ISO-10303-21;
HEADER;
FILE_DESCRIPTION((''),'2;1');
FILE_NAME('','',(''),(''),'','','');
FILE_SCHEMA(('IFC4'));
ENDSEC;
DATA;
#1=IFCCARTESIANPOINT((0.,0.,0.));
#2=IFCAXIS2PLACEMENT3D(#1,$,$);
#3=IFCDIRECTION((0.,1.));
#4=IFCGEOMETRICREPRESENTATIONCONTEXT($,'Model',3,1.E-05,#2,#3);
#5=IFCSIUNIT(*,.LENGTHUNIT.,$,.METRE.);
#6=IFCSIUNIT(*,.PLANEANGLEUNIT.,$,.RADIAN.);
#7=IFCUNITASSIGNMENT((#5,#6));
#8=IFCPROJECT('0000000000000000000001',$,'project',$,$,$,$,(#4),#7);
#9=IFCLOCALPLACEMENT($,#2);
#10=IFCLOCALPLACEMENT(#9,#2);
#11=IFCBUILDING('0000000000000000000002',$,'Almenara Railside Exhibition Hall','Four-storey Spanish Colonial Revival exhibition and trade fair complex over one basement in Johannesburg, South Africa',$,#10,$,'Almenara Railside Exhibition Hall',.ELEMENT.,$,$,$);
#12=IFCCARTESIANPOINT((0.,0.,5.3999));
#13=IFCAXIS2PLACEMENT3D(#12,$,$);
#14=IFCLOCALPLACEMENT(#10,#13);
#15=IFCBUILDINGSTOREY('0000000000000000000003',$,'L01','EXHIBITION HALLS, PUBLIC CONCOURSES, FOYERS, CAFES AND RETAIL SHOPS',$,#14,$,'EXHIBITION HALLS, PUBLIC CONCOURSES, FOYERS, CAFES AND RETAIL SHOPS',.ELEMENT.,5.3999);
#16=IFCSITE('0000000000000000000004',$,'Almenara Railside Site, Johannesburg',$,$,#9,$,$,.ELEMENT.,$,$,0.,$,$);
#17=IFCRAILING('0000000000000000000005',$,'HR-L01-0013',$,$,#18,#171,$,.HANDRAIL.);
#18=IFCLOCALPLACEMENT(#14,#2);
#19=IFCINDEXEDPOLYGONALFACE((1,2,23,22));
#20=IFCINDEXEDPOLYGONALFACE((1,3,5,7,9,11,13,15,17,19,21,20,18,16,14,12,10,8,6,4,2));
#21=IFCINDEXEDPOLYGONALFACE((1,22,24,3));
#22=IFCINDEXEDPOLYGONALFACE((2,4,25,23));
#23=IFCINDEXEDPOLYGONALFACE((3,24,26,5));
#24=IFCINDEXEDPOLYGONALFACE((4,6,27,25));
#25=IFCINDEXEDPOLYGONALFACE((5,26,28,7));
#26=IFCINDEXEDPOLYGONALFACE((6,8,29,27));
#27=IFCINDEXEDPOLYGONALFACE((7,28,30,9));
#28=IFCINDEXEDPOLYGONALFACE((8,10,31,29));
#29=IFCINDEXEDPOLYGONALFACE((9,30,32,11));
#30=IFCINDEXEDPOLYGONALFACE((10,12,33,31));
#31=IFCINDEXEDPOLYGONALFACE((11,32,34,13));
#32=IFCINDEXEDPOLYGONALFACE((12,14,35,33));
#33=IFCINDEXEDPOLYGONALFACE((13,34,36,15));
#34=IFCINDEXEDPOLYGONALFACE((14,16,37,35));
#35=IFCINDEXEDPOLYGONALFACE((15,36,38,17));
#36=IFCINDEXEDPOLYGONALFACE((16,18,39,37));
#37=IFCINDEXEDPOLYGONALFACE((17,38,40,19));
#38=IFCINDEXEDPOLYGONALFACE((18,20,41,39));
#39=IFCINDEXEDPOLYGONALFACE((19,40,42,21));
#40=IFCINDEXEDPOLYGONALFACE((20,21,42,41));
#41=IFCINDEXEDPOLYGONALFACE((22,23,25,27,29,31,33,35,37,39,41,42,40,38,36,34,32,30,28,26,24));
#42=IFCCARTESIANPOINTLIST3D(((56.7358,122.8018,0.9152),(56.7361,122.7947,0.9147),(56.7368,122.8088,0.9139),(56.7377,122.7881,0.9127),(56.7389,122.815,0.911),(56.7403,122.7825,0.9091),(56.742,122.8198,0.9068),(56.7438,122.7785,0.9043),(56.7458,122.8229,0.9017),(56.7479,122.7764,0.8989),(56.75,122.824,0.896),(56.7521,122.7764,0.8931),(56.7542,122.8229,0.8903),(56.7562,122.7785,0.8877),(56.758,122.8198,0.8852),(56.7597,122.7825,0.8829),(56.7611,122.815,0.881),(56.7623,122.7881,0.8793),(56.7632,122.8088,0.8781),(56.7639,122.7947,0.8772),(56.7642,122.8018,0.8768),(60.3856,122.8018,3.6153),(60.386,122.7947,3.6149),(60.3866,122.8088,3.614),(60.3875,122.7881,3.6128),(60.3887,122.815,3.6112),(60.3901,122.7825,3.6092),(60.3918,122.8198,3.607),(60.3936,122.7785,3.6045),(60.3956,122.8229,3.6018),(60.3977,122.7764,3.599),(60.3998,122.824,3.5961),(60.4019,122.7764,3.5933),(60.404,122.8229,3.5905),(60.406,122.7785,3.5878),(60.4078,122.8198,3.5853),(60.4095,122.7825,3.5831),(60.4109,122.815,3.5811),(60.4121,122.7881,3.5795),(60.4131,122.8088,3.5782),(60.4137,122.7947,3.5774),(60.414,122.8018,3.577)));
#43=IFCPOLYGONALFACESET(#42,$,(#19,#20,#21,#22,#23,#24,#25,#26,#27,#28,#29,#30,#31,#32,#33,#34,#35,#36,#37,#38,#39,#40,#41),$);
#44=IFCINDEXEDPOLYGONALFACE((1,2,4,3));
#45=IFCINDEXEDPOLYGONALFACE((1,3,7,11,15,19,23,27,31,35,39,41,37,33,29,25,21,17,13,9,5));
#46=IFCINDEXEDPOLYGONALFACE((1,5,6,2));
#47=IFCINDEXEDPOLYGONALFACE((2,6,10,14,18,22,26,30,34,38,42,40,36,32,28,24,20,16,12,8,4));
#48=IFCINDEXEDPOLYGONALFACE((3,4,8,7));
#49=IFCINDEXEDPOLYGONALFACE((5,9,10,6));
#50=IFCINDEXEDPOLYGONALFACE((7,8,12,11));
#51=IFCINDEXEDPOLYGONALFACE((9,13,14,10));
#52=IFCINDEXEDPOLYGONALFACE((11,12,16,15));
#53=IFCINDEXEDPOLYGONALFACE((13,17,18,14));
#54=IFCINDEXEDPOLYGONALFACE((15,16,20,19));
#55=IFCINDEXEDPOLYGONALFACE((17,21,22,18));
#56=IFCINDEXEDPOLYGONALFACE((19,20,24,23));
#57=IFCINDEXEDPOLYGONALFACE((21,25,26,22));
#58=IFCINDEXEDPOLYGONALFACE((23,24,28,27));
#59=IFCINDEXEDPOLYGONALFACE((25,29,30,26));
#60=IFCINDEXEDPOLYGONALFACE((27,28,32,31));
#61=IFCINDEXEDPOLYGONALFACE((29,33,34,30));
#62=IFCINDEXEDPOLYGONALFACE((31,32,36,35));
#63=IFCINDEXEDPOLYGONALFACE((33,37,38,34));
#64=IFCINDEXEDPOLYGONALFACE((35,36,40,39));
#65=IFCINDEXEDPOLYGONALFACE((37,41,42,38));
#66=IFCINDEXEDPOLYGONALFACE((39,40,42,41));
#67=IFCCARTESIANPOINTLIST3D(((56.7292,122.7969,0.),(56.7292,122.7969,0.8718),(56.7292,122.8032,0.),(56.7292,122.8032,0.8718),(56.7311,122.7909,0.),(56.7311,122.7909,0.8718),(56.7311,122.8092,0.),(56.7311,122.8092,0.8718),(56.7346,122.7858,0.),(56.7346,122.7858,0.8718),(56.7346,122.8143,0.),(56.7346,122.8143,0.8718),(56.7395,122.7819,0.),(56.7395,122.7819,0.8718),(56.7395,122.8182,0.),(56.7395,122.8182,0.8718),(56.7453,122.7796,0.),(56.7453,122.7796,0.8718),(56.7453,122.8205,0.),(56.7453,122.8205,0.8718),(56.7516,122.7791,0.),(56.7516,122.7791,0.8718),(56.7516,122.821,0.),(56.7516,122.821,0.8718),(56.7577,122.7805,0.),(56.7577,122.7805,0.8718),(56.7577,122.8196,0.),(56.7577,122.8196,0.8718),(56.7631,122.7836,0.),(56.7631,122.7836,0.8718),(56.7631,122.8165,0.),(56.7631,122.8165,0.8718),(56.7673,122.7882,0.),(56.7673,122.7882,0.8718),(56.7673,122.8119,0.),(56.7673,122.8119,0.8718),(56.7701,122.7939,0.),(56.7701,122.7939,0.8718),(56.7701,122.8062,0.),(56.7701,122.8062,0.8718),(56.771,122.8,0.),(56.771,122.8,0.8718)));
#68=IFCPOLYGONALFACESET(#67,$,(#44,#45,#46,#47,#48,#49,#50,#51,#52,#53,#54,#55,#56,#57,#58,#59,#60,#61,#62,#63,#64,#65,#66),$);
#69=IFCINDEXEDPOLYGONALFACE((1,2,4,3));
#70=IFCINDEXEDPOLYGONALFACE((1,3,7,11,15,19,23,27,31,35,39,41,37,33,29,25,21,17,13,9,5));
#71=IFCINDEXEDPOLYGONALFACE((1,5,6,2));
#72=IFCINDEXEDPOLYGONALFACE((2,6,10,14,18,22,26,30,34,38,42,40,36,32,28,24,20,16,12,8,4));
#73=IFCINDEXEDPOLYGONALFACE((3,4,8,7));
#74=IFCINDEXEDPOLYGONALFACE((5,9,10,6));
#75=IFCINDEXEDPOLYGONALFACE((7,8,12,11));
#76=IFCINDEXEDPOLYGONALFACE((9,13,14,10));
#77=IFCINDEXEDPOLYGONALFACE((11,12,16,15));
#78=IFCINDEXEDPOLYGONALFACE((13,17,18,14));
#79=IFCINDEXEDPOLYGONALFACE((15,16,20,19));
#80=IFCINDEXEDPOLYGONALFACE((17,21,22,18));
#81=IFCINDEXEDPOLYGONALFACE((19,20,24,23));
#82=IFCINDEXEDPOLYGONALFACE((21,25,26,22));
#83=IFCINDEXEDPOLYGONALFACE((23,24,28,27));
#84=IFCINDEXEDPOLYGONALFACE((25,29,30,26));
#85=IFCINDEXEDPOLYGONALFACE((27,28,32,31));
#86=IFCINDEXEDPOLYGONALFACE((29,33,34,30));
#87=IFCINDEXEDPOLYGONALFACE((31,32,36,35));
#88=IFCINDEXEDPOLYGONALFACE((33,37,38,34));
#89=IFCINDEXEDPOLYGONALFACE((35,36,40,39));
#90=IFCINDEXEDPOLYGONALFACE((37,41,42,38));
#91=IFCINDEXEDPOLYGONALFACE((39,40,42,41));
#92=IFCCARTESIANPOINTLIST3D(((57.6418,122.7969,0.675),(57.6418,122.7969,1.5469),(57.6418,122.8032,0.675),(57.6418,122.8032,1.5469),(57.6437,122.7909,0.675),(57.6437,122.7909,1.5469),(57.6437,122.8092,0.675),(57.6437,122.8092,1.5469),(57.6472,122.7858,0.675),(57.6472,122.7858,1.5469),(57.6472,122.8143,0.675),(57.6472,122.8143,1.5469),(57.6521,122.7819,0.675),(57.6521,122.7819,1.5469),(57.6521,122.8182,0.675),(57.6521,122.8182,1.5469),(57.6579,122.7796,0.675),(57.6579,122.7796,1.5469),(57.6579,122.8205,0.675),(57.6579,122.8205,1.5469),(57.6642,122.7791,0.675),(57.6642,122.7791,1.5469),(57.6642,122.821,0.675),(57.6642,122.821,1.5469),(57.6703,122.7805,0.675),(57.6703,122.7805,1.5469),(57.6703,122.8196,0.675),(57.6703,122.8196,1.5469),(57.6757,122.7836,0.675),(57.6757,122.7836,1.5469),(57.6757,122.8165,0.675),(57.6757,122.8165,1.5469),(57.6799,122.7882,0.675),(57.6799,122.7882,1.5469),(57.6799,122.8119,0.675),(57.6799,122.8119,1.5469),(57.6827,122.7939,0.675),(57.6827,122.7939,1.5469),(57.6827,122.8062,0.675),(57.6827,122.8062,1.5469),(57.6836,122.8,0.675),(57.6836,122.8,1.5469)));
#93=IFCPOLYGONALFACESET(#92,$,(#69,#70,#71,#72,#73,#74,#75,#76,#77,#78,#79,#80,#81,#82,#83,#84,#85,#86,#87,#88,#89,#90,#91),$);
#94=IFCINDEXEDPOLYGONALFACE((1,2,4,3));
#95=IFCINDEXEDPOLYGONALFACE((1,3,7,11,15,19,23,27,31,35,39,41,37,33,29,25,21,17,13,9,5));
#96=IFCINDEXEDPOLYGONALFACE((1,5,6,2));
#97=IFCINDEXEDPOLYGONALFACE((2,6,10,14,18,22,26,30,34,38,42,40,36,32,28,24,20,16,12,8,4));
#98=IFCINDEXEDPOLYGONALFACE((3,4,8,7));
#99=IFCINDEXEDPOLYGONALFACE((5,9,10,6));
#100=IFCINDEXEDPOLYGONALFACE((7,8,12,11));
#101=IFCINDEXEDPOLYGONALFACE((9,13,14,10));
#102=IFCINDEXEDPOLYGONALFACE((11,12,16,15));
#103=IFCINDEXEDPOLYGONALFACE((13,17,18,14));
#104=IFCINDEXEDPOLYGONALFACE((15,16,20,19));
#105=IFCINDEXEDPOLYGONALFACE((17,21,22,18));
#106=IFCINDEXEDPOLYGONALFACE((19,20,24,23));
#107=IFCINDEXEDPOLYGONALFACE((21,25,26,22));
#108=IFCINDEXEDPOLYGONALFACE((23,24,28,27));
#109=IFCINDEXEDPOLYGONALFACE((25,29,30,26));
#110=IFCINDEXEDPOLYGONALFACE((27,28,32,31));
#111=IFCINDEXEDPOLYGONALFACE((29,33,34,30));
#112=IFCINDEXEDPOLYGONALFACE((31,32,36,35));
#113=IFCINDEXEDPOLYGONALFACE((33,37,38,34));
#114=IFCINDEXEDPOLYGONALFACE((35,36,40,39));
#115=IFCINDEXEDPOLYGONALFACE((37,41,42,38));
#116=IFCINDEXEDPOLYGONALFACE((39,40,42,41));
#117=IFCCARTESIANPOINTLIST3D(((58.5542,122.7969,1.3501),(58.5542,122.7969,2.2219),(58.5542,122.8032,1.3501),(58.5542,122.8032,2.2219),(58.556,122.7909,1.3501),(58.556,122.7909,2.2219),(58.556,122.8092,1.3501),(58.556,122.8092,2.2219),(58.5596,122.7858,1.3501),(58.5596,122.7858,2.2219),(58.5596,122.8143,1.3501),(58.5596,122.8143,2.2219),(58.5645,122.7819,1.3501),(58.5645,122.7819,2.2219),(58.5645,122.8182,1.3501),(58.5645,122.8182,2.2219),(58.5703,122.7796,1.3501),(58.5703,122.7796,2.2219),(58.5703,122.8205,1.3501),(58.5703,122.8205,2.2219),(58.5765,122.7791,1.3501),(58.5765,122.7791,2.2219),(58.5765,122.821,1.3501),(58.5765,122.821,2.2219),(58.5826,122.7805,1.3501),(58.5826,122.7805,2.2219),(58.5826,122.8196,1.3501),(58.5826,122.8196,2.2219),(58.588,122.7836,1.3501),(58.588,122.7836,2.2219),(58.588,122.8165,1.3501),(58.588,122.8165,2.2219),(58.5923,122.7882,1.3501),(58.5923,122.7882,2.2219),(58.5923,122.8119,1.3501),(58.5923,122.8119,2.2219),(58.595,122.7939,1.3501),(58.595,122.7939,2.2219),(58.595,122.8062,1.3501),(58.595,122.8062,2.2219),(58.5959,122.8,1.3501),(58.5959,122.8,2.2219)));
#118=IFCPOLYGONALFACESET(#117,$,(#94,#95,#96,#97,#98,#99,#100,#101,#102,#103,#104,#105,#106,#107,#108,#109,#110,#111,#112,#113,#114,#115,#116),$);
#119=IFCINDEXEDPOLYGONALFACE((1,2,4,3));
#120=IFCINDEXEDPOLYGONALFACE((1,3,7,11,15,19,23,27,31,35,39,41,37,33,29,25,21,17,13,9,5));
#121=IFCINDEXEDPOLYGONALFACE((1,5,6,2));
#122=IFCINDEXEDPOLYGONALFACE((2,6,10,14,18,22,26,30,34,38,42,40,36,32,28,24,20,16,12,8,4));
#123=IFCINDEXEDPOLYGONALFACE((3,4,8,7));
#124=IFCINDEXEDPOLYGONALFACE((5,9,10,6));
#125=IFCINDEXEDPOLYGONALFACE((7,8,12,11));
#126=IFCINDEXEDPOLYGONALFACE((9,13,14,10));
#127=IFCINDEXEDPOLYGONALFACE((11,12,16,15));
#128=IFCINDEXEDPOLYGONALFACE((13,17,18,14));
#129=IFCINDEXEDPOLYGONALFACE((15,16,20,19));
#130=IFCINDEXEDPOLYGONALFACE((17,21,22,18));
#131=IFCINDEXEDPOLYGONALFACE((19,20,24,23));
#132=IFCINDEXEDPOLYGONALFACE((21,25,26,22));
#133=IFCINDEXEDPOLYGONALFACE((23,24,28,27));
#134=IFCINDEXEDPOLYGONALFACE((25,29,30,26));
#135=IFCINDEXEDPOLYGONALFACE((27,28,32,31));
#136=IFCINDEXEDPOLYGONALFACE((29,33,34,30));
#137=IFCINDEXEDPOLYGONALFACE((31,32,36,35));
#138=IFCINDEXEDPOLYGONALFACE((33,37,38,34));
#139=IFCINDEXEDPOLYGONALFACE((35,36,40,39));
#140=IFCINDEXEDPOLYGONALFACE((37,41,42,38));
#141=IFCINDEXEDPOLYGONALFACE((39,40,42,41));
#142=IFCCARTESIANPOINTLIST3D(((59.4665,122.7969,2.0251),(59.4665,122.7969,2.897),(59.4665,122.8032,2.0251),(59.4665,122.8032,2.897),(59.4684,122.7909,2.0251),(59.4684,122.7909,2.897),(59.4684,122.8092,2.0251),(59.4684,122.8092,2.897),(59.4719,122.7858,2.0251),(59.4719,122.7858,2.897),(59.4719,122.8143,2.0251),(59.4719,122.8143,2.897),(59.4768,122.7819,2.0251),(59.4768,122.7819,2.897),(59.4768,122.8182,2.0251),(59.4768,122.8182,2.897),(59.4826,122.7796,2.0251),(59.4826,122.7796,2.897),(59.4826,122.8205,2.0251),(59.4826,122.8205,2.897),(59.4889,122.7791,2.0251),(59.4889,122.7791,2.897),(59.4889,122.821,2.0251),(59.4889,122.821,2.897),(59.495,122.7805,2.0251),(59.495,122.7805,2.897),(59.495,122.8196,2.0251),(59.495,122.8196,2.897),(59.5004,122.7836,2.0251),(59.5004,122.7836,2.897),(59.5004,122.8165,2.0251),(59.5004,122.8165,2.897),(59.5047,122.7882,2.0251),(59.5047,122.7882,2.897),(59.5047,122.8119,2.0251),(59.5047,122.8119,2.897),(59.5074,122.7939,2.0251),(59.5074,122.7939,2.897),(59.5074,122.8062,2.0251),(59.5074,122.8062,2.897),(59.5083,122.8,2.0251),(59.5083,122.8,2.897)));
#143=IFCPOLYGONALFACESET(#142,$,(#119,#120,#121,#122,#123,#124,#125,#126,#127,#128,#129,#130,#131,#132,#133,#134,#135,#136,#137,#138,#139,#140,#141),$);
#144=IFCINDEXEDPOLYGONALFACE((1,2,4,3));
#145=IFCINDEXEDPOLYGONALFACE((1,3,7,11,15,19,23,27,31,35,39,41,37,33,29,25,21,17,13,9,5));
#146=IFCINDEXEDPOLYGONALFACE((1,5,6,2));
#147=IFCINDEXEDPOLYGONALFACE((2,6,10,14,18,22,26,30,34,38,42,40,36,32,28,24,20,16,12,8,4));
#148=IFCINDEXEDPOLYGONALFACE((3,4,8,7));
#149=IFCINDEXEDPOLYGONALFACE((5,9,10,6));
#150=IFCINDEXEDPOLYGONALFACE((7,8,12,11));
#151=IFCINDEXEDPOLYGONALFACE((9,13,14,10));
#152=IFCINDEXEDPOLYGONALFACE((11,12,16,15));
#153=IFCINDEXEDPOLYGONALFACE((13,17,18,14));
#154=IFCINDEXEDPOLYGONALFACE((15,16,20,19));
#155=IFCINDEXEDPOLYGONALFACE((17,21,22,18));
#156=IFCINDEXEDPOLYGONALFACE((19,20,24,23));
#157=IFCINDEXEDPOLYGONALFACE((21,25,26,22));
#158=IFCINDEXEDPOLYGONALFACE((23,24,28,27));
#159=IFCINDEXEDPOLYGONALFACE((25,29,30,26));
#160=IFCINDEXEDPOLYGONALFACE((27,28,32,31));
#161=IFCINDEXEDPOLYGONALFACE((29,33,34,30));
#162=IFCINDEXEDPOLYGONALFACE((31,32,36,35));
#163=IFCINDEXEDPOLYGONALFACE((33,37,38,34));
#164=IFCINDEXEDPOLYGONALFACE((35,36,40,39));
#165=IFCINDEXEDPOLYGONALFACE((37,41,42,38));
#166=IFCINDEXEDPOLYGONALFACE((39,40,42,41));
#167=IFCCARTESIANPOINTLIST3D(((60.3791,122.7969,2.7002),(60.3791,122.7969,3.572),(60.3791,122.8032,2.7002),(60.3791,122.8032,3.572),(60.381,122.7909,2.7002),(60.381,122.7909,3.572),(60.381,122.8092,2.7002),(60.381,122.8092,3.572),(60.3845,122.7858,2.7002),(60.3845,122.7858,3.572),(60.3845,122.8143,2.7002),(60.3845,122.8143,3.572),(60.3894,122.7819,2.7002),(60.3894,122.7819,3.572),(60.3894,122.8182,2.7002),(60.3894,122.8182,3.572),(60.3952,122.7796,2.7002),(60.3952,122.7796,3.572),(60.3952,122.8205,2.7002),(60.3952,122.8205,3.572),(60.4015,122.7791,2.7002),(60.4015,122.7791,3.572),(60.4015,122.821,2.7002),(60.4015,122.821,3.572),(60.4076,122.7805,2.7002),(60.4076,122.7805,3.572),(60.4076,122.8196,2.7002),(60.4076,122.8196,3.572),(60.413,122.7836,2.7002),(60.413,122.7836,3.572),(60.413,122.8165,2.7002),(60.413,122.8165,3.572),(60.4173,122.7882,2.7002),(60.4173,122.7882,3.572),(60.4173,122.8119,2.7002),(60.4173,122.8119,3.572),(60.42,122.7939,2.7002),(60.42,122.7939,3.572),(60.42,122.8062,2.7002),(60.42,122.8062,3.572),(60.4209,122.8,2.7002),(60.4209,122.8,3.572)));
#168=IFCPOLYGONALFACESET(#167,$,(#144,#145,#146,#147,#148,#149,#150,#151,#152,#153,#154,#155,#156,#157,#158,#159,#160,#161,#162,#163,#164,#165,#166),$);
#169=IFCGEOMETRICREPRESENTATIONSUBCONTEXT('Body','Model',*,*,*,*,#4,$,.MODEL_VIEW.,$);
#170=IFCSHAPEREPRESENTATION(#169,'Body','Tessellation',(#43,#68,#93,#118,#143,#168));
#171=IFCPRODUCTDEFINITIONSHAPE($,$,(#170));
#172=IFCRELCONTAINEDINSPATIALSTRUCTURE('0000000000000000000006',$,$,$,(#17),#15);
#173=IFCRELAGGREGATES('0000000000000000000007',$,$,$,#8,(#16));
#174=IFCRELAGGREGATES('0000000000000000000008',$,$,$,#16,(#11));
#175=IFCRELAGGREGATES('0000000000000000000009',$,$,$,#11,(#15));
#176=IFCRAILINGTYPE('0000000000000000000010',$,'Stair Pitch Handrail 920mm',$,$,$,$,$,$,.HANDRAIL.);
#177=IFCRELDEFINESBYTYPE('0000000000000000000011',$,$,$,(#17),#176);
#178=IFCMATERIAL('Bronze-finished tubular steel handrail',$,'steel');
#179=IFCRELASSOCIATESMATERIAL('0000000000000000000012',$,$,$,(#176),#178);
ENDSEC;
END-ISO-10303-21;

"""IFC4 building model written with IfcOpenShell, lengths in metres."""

from ifc_helpers import new_model, si_unit, direction, frame, origin, origin_2d, place, context, subcontext, project, spatial, circle, extrude, material, type_object, element, save


model = new_model("IFC4")

# Units and contexts
model_context = context("Model", 3, precision=1e-05, world=origin(), true_north=direction((0.0, 1.0)))
body_context = subcontext(model_context, "Body", "Model", "MODEL_VIEW")
ifc_project = project(units=[si_unit("LENGTHUNIT", "METRE"), si_unit("PLANEANGLEUNIT", "RADIAN")], contexts=[model_context])

# Site, building, storey
site_placement = place(None, origin())
site = spatial("IfcSite", under=ifc_project, at=site_placement, Name="Almenara Railside Site, Johannesburg", CompositionType="ELEMENT", RefElevation=0.0)
building_placement = place(site_placement, origin())
building = spatial("IfcBuilding", under=site, at=building_placement, Name="Almenara Railside Exhibition Hall", Description="Four-storey Spanish Colonial Revival exhibition and trade fair complex over one basement in Johannesburg, South Africa", LongName="Almenara Railside Exhibition Hall", CompositionType="ELEMENT")
storey_placement = place(building_placement, frame((0.0, 0.0, 5.3999)))
storey = spatial("IfcBuildingStorey", under=building, at=storey_placement, Name="L01", Description="EXHIBITION HALLS, PUBLIC CONCOURSES, FOYERS, CAFES AND RETAIL SHOPS", LongName="EXHIBITION HALLS, PUBLIC CONCOURSES, FOYERS, CAFES AND RETAIL SHOPS", CompositionType="ELEMENT", Elevation=5.3999)

# Railing
ifc_material_1 = material(Name="Bronze-finished tubular steel handrail", Category="steel")
railing_type_1 = type_object("IfcRailingType", Name="Stair Pitch Handrail 920mm", PredefinedType="HANDRAIL", material=ifc_material_1)
railing_1_placement = place(storey_placement, frame((56.75, 122.8, 0.0)))
element("IfcRailing", 1, at=railing_1_placement, inside=storey, type_object=railing_type_1, Name="HR-L01-0013", PredefinedType="HANDRAIL", context=body_context, shape_type="SweptSolid", body=[
    extrude(circle(Radius=0.0239, at=origin_2d()), frame((0.0, 0.0, 0.896), z_axis=(0.803919, 0.0, 0.594739), x_axis=(0.0, 1.0, 0.0)), (0.0, 0.0, 1.0), 4.54),
    extrude(circle(Radius=0.021, at=origin_2d()), origin(), (0.0, 0.0, 1.0), 0.8718),
    extrude(circle(Radius=0.021, at=origin_2d()), frame((0.9126, 0.0, 0.675)), (0.0, 0.0, 1.0), 0.8718),
    extrude(circle(Radius=0.021, at=origin_2d()), frame((1.825, 0.0, 1.3501)), (0.0, 0.0, 1.0), 0.8718),
    extrude(circle(Radius=0.021, at=origin_2d()), frame((2.7373, 0.0, 2.0251)), (0.0, 0.0, 1.0), 0.8718),
    extrude(circle(Radius=0.021, at=origin_2d()), frame((3.6499, 0.0, 2.7002)), (0.0, 0.0, 1.0), 0.8718),
])

save(model, "model.ifc")
